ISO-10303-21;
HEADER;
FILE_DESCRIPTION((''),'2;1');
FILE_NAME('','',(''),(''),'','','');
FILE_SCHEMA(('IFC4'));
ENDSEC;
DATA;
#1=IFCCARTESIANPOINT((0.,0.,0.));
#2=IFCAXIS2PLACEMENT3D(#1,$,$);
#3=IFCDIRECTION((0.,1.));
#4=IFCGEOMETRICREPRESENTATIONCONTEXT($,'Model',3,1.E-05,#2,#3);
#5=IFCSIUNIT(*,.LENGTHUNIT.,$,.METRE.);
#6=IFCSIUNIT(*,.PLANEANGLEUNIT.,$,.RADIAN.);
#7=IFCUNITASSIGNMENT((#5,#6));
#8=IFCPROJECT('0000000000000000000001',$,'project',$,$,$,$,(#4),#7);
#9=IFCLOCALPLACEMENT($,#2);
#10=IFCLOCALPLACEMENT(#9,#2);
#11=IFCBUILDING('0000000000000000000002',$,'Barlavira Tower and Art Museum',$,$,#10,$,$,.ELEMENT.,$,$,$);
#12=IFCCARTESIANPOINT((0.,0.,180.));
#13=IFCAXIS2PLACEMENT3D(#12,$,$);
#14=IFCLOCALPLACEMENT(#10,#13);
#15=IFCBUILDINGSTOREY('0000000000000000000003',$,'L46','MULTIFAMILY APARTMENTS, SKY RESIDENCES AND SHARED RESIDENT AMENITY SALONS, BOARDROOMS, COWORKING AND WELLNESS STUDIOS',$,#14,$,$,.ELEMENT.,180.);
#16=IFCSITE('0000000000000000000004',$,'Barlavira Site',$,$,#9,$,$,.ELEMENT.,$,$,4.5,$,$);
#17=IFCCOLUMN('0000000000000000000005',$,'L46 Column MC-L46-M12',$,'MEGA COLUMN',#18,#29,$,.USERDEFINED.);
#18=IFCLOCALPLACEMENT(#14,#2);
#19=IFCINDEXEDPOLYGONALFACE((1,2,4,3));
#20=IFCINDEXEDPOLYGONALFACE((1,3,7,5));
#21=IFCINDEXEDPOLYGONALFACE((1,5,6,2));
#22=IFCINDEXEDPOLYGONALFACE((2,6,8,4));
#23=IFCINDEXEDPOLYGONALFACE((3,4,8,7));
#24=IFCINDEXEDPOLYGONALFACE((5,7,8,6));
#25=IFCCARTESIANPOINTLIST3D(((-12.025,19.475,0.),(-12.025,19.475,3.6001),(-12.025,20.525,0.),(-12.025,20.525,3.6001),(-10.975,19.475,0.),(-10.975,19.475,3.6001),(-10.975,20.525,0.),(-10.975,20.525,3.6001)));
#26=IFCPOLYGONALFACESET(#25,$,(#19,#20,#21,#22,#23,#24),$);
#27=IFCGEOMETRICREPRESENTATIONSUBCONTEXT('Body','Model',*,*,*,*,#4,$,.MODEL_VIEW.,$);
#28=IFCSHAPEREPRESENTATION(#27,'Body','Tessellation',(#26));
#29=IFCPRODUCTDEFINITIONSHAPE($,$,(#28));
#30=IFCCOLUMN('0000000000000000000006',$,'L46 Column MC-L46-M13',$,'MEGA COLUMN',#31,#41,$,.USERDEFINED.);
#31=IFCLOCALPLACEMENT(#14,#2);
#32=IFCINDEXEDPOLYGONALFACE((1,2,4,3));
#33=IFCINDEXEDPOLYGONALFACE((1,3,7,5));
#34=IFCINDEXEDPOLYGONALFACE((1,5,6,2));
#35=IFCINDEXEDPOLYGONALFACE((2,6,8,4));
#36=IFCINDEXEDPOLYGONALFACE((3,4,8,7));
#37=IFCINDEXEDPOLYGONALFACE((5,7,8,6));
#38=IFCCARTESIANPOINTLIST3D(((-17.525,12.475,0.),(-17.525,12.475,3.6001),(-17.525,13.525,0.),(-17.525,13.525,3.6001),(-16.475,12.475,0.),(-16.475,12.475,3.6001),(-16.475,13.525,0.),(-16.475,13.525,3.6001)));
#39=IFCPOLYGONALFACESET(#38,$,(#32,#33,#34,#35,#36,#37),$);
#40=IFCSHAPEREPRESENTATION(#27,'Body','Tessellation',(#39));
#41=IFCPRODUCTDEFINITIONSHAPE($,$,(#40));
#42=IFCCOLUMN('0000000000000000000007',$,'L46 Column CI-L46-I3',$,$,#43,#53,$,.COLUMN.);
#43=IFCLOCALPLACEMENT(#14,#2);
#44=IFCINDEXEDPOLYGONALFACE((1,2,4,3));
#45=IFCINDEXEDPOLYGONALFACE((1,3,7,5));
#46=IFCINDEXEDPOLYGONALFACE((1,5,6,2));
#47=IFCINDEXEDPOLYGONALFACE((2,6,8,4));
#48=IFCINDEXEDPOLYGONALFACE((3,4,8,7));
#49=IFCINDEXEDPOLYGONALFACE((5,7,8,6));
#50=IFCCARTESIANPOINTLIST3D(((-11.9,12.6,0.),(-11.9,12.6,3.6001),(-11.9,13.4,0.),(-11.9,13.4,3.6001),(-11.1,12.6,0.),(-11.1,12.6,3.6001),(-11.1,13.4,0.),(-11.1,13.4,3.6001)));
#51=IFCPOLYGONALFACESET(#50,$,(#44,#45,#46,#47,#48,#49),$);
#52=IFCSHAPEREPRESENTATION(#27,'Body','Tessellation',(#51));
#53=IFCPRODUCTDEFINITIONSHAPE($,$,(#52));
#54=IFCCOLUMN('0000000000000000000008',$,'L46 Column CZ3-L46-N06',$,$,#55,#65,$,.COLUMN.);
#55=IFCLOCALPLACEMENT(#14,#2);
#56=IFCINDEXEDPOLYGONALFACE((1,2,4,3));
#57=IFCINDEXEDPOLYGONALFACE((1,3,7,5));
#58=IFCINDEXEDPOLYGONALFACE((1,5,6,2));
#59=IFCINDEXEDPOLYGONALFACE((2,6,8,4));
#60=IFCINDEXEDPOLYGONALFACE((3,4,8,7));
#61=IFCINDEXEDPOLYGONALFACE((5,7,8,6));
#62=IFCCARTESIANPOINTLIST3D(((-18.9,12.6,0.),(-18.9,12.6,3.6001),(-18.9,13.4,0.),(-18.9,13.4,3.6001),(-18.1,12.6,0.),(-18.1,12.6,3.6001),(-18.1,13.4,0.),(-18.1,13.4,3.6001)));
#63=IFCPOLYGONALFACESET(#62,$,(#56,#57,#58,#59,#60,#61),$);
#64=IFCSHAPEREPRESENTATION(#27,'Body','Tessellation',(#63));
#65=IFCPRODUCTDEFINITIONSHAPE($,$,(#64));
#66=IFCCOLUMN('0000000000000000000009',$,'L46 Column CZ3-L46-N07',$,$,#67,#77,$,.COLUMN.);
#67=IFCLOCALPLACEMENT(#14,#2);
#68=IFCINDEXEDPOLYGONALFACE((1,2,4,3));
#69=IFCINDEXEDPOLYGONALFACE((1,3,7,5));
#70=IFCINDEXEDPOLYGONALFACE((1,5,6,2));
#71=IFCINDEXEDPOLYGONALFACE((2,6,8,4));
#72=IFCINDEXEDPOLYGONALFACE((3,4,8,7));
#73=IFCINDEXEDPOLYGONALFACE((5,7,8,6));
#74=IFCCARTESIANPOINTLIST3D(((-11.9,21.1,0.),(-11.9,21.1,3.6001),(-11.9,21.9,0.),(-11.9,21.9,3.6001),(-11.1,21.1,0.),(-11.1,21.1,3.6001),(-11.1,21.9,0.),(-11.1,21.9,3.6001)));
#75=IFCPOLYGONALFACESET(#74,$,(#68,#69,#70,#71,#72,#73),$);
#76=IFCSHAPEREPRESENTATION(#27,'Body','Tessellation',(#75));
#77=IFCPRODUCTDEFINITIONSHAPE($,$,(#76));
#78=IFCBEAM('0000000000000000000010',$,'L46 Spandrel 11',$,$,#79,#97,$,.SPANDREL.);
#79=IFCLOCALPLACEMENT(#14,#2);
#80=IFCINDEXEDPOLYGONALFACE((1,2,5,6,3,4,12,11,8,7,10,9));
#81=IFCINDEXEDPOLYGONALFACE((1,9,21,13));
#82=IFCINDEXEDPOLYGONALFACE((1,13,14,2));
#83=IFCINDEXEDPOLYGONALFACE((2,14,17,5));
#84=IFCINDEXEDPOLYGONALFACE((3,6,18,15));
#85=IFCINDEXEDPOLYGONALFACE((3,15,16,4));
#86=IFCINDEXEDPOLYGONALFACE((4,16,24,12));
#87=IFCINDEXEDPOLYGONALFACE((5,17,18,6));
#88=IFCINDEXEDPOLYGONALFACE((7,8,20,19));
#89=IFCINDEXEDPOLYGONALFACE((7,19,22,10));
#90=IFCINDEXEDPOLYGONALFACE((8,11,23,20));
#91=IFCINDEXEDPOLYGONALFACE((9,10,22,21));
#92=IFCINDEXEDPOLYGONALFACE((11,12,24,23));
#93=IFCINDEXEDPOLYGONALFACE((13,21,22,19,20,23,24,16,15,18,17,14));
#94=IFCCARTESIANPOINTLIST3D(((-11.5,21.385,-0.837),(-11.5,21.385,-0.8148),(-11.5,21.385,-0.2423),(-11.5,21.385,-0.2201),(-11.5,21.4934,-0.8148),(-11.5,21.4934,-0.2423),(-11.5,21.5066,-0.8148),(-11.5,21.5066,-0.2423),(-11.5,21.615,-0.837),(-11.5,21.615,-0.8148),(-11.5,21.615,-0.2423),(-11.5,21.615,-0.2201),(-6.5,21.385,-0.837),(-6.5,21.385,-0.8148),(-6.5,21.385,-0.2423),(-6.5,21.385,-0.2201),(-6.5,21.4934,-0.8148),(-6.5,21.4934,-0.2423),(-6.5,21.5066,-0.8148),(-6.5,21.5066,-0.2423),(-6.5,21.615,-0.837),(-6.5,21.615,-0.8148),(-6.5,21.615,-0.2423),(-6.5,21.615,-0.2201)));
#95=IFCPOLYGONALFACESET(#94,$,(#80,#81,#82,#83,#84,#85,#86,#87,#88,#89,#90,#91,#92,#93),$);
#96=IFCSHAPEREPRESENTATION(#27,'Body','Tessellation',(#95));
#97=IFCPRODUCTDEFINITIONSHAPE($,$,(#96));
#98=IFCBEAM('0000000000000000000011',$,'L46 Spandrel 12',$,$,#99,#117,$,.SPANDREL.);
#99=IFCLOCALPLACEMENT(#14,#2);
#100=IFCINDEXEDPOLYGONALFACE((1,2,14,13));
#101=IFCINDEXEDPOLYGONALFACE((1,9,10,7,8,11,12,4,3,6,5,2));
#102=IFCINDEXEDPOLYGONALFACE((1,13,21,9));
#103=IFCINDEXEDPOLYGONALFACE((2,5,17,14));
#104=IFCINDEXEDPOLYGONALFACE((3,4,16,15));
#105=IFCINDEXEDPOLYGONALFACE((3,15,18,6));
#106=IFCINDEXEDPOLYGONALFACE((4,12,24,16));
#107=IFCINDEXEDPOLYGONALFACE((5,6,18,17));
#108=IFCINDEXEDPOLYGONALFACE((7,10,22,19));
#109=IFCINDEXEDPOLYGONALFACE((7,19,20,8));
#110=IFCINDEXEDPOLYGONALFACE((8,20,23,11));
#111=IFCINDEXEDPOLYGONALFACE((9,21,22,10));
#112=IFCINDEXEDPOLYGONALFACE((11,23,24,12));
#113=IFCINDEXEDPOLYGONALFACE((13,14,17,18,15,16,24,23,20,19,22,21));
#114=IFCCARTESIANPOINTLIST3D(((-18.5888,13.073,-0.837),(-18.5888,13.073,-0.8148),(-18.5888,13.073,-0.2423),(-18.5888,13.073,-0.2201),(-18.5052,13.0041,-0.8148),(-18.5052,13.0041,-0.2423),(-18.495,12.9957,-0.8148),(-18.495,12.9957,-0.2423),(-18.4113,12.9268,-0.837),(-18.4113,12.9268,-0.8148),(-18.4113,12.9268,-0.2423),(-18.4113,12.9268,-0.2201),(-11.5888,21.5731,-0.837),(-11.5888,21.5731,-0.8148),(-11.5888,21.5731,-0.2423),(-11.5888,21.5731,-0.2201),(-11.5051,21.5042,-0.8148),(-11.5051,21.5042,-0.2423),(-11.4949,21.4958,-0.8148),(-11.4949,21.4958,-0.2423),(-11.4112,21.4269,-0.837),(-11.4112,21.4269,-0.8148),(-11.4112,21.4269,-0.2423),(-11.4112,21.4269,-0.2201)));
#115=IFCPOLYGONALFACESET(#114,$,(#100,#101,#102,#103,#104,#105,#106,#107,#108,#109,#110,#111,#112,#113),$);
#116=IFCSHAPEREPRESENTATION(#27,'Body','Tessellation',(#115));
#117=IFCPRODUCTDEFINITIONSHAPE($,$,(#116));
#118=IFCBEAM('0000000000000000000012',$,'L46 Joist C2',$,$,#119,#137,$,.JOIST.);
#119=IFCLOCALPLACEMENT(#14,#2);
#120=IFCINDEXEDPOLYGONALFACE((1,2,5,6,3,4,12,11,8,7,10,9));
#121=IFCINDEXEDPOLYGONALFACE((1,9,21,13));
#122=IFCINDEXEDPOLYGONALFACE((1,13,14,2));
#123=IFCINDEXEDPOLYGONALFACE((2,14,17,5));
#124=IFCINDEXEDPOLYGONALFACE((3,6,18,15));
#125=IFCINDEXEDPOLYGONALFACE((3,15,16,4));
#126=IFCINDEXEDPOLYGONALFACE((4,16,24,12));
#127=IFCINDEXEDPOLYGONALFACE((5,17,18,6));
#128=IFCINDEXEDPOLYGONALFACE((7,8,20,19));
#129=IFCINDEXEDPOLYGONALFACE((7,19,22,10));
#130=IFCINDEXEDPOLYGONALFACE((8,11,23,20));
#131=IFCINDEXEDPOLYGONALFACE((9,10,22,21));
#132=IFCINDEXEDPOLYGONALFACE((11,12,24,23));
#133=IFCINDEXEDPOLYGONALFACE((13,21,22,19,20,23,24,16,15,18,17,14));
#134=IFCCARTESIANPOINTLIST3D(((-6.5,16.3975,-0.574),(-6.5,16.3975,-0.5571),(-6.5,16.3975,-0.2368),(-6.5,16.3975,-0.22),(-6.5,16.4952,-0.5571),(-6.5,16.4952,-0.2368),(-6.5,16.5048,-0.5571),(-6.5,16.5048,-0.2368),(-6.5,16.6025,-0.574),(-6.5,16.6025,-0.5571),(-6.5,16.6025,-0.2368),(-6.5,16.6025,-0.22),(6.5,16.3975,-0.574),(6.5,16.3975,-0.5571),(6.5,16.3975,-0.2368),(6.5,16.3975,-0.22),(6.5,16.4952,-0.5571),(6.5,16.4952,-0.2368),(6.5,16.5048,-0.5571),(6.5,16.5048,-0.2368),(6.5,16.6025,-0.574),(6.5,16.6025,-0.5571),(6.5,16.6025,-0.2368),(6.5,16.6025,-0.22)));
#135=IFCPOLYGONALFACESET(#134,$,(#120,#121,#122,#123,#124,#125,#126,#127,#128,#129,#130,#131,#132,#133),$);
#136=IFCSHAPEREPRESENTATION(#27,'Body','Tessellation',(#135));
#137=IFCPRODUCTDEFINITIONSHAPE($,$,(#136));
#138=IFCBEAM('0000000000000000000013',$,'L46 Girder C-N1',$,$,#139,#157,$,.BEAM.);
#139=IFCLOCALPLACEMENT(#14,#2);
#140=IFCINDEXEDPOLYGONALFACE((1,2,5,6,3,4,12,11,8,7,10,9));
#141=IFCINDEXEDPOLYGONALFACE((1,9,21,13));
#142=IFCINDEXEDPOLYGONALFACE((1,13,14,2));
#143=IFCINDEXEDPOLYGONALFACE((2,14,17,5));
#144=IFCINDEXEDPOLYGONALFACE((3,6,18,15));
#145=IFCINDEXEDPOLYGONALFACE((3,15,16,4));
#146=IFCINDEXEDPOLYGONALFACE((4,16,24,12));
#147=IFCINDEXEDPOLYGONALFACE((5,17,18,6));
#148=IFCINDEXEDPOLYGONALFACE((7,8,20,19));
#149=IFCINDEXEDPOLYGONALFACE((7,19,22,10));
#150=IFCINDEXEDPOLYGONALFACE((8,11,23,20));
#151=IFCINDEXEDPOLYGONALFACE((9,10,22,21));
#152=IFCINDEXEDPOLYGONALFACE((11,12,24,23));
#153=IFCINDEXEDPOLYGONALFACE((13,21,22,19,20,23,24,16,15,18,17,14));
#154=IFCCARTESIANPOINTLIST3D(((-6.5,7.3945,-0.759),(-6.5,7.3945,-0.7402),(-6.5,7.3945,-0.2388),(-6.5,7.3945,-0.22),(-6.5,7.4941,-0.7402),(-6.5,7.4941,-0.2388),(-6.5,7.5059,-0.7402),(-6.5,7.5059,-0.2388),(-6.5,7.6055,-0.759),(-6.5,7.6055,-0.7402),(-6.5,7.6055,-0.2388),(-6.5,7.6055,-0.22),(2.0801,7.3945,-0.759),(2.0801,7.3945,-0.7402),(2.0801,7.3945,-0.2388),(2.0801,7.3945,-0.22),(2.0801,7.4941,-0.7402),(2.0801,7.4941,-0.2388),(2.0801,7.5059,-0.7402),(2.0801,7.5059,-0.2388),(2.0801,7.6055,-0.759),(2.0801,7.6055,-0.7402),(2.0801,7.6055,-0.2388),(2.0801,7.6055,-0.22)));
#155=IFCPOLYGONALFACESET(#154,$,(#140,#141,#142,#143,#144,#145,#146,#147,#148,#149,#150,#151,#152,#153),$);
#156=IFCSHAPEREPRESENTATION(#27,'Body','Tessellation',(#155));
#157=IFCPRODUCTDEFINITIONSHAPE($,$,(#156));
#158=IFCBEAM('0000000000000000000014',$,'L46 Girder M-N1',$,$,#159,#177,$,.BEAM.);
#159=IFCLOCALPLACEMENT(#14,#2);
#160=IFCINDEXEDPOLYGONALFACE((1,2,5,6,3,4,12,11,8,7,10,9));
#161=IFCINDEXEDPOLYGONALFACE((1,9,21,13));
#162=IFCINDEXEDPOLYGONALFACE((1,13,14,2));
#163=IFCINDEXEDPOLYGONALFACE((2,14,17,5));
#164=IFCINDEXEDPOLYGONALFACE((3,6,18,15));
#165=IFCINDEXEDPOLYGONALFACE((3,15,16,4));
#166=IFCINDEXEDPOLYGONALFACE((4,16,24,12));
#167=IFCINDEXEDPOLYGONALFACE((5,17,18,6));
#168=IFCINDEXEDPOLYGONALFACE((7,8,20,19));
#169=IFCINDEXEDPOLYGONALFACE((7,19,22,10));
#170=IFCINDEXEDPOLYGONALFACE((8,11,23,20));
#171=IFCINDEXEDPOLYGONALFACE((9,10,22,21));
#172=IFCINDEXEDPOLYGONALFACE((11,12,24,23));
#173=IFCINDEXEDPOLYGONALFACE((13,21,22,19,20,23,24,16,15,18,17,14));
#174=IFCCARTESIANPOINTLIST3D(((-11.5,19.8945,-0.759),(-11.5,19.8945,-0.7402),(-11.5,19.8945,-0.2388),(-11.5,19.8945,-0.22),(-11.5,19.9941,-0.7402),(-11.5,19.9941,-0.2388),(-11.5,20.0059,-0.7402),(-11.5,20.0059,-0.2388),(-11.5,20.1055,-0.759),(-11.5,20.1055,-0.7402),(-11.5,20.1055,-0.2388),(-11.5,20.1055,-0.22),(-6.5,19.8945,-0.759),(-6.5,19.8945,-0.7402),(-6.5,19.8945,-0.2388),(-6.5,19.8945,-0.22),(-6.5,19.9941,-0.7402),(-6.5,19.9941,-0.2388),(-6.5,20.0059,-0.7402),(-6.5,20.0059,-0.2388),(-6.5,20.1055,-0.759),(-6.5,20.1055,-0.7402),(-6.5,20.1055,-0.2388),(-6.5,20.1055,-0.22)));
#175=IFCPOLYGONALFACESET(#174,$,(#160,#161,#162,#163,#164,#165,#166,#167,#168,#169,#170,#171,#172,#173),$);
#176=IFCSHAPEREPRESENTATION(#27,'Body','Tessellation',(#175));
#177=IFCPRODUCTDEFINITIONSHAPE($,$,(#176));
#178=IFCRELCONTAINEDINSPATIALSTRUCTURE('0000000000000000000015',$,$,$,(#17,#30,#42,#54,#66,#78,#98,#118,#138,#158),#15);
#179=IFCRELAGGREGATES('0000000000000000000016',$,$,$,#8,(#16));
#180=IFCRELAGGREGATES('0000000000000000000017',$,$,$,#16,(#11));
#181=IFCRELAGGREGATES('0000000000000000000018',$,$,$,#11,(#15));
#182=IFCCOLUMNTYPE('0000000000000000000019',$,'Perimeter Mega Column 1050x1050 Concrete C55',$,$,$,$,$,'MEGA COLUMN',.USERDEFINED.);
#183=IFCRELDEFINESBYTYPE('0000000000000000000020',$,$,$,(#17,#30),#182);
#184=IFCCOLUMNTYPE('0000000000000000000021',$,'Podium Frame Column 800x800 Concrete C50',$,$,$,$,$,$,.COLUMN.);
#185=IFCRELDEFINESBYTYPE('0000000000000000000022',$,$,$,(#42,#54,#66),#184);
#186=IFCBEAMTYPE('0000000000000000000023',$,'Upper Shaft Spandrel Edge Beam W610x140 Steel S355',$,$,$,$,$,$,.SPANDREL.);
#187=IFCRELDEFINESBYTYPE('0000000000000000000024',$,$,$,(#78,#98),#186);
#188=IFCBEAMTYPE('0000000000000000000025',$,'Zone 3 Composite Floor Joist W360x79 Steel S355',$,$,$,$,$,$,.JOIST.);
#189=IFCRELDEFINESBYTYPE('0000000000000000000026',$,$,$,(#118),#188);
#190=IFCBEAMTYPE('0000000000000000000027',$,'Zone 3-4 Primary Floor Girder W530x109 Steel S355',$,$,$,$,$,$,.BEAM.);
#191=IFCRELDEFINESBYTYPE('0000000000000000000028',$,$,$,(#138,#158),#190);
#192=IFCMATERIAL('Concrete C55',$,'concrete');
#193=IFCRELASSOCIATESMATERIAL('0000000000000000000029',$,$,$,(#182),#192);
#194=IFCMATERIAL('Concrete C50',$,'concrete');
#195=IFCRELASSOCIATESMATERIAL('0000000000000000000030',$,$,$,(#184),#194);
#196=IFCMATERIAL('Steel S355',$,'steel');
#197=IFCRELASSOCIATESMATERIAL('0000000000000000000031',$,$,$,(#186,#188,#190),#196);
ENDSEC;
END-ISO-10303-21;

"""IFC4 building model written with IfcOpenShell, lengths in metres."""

from ifc_helpers import new_model, si_unit, direction, frame, origin, origin_2d, place, context, subcontext, project, spatial, rectangle, i_section, extrude, material, material_profile, profile_set, type_object, element, save


model = new_model("IFC4")

# Units and contexts
model_context = context("Model", 3, precision=1e-05, world=origin(), true_north=direction((0.0, 1.0)))
body_context = subcontext(model_context, "Body", "Model", "MODEL_VIEW")
ifc_project = project(units=[si_unit("LENGTHUNIT", "METRE"), si_unit("PLANEANGLEUNIT", "RADIAN")], contexts=[model_context])

# Site, building, storey
site_placement = place(None, origin())
site = spatial("IfcSite", under=ifc_project, at=site_placement, Name="Barlavira Site", CompositionType="ELEMENT", RefElevation=4.5)
building_placement = place(site_placement, origin())
building = spatial("IfcBuilding", under=site, at=building_placement, Name="Barlavira Tower and Art Museum", CompositionType="ELEMENT")
storey_placement = place(building_placement, frame((0.0, 0.0, 180.0)))
storey = spatial("IfcBuildingStorey", under=building, at=storey_placement, Name="L46", Description="MULTIFAMILY APARTMENTS, SKY RESIDENCES AND SHARED RESIDENT AMENITY SALONS, BOARDROOMS, COWORKING AND WELLNESS STUDIOS", CompositionType="ELEMENT", Elevation=180.0)

# Columns
ifc_material_1 = material(Name="Concrete C55", Category="concrete")
ifc_material_profile_1 = material_profile(ifc_material_1, rectangle(XDim=1.05, YDim=1.05, at=origin_2d()), Name="RC-COL 1050x1050")
ifc_profile_set_1 = profile_set([ifc_material_profile_1], Name="Concrete C55")
column_type_1 = type_object("IfcColumnType", Name="Perimeter Mega Column 1050x1050 Concrete C55", ElementType="MEGA COLUMN", PredefinedType="USERDEFINED", material=ifc_profile_set_1)
for number, where, z_axis, x_axis, name in (
    (1, (-11.5, 20.0, 0.0), (0.0, 0.0, 1.0), (1.0, 0.0, 0.0), "L46 Column MC-L46-M12"),
    (2, (-17.0, 13.0, 0.0), (0.0, 0.0, 1.0), (1.0, 0.0, 0.0), "L46 Column MC-L46-M13"),
):
    element("IfcColumn", number, at=place(storey_placement, frame(where, z_axis=z_axis, x_axis=x_axis)), inside=storey, type_object=column_type_1, Name=name, ObjectType="MEGA COLUMN", PredefinedType="USERDEFINED", context=body_context, shape_type="SweptSolid", body=[
        extrude(rectangle(XDim=1.05, YDim=1.05, at=origin_2d()), origin(), (0.0, 0.0, 1.0), 3.6001),
    ])
ifc_material_2 = material(Name="Concrete C50", Category="concrete")
ifc_material_profile_2 = material_profile(ifc_material_2, rectangle(XDim=0.8, YDim=0.8, at=origin_2d()), Name="RC-COL 800x800")
ifc_profile_set_2 = profile_set([ifc_material_profile_2], Name="Concrete C50")
column_type_2 = type_object("IfcColumnType", Name="Podium Frame Column 800x800 Concrete C50", PredefinedType="COLUMN", material=ifc_profile_set_2)
for number, where, z_axis, x_axis, name in (
    (3, (-11.5, 13.0, 0.0), (0.0, 0.0, 1.0), (1.0, 0.0, 0.0), "L46 Column CI-L46-I3"),
    (4, (-18.5, 13.0, 0.0), (0.0, 0.0, 1.0), (1.0, 0.0, 0.0), "L46 Column CZ3-L46-N06"),
    (5, (-11.5, 21.5, 0.0), (0.0, 0.0, 1.0), (1.0, 0.0, 0.0), "L46 Column CZ3-L46-N07"),
):
    element("IfcColumn", number, at=place(storey_placement, frame(where, z_axis=z_axis, x_axis=x_axis)), inside=storey, type_object=column_type_2, Name=name, PredefinedType="COLUMN", context=body_context, shape_type="SweptSolid", body=[
        extrude(rectangle(XDim=0.8, YDim=0.8, at=origin_2d()), origin(), (0.0, 0.0, 1.0), 3.6001),
    ])

# Beams
ifc_material_3 = material(Name="Steel S355", Category="steel")
ifc_material_profile_3 = material_profile(ifc_material_3, i_section(OverallWidth=0.23, OverallDepth=0.6169, WebThickness=0.0132, FlangeThickness=0.0222, at=origin_2d()), Name="W610x140.0")
ifc_profile_set_3 = profile_set([ifc_material_profile_3], Name="Steel S355")
beam_type_1 = type_object("IfcBeamType", Name="Upper Shaft Spandrel Edge Beam W610x140 Steel S355", PredefinedType="SPANDREL", material=ifc_profile_set_3)
beam_1_placement = place(storey_placement, frame((-11.5, 21.5, -0.5286), z_axis=(1.0, 0.0, 0.0), x_axis=(0.0, 1.0, 0.0)))
element("IfcBeam", 6, at=beam_1_placement, inside=storey, type_object=beam_type_1, Name="L46 Spandrel 11", PredefinedType="SPANDREL", context=body_context, shape_type="SweptSolid", body=[
    extrude(i_section(OverallWidth=0.23, OverallDepth=0.6169, WebThickness=0.0132, FlangeThickness=0.0222, at=origin_2d()), origin(), (0.0, 0.0, 1.0), 5.0),
])
beam_2_placement = place(storey_placement, frame((-11.5, 21.5, -0.5286), z_axis=(-0.635707, -0.77193, 0.0), x_axis=(0.77193, -0.635707, 0.0)))
element("IfcBeam", 7, at=beam_2_placement, inside=storey, type_object=beam_type_1, Name="L46 Spandrel 12", PredefinedType="SPANDREL", context=body_context, shape_type="SweptSolid", body=[
    extrude(i_section(OverallWidth=0.23, OverallDepth=0.6169, WebThickness=0.0132, FlangeThickness=0.0222, at=origin_2d()), origin(), (0.0, 0.0, 1.0), 11.0115),
])
ifc_material_profile_4 = material_profile(ifc_material_3, i_section(OverallWidth=0.2051, OverallDepth=0.354, WebThickness=0.0095, FlangeThickness=0.0168, at=origin_2d()), Name="W360x79.0")
ifc_profile_set_4 = profile_set([ifc_material_profile_4], Name="Steel S355")
beam_type_2 = type_object("IfcBeamType", Name="Zone 3 Composite Floor Joist W360x79 Steel S355", PredefinedType="JOIST", material=ifc_profile_set_4)
beam_3_placement = place(storey_placement, frame((-6.5, 16.5, -0.397), z_axis=(1.0, 0.0, 0.0), x_axis=(0.0, 1.0, 0.0)))
element("IfcBeam", 8, at=beam_3_placement, inside=storey, type_object=beam_type_2, Name="L46 Joist C2", PredefinedType="JOIST", context=body_context, shape_type="SweptSolid", body=[
    extrude(i_section(OverallWidth=0.2051, OverallDepth=0.354, WebThickness=0.0095, FlangeThickness=0.0168, at=origin_2d()), origin(), (0.0, 0.0, 1.0), 13.0),
])
ifc_material_profile_5 = material_profile(ifc_material_3, i_section(OverallWidth=0.2109, OverallDepth=0.5391, WebThickness=0.0117, FlangeThickness=0.0188, at=origin_2d()), Name="W530x109.0")
ifc_profile_set_5 = profile_set([ifc_material_profile_5], Name="Steel S355")
beam_type_3 = type_object("IfcBeamType", Name="Zone 3-4 Primary Floor Girder W530x109 Steel S355", PredefinedType="BEAM", material=ifc_profile_set_5)
beam_4_placement = place(storey_placement, frame((-6.5, 7.5, -0.4895), z_axis=(1.0, 0.0, 0.0), x_axis=(0.0, 1.0, 0.0)))
element("IfcBeam", 9, at=beam_4_placement, inside=storey, type_object=beam_type_3, Name="L46 Girder C-N1", PredefinedType="BEAM", context=body_context, shape_type="SweptSolid", body=[
    extrude(i_section(OverallWidth=0.2109, OverallDepth=0.5391, WebThickness=0.0117, FlangeThickness=0.0188, at=origin_2d()), origin(), (0.0, 0.0, 1.0), 8.5801),
])
beam_5_placement = place(storey_placement, frame((-11.5, 20.0, -0.4895), z_axis=(1.0, 0.0, 0.0), x_axis=(0.0, 1.0, 0.0)))
element("IfcBeam", 10, at=beam_5_placement, inside=storey, type_object=beam_type_3, Name="L46 Girder M-N1", PredefinedType="BEAM", context=body_context, shape_type="SweptSolid", body=[
    extrude(i_section(OverallWidth=0.2109, OverallDepth=0.5391, WebThickness=0.0117, FlangeThickness=0.0188, at=origin_2d()), origin(), (0.0, 0.0, 1.0), 5.0),
])

save(model, "model.ifc")
